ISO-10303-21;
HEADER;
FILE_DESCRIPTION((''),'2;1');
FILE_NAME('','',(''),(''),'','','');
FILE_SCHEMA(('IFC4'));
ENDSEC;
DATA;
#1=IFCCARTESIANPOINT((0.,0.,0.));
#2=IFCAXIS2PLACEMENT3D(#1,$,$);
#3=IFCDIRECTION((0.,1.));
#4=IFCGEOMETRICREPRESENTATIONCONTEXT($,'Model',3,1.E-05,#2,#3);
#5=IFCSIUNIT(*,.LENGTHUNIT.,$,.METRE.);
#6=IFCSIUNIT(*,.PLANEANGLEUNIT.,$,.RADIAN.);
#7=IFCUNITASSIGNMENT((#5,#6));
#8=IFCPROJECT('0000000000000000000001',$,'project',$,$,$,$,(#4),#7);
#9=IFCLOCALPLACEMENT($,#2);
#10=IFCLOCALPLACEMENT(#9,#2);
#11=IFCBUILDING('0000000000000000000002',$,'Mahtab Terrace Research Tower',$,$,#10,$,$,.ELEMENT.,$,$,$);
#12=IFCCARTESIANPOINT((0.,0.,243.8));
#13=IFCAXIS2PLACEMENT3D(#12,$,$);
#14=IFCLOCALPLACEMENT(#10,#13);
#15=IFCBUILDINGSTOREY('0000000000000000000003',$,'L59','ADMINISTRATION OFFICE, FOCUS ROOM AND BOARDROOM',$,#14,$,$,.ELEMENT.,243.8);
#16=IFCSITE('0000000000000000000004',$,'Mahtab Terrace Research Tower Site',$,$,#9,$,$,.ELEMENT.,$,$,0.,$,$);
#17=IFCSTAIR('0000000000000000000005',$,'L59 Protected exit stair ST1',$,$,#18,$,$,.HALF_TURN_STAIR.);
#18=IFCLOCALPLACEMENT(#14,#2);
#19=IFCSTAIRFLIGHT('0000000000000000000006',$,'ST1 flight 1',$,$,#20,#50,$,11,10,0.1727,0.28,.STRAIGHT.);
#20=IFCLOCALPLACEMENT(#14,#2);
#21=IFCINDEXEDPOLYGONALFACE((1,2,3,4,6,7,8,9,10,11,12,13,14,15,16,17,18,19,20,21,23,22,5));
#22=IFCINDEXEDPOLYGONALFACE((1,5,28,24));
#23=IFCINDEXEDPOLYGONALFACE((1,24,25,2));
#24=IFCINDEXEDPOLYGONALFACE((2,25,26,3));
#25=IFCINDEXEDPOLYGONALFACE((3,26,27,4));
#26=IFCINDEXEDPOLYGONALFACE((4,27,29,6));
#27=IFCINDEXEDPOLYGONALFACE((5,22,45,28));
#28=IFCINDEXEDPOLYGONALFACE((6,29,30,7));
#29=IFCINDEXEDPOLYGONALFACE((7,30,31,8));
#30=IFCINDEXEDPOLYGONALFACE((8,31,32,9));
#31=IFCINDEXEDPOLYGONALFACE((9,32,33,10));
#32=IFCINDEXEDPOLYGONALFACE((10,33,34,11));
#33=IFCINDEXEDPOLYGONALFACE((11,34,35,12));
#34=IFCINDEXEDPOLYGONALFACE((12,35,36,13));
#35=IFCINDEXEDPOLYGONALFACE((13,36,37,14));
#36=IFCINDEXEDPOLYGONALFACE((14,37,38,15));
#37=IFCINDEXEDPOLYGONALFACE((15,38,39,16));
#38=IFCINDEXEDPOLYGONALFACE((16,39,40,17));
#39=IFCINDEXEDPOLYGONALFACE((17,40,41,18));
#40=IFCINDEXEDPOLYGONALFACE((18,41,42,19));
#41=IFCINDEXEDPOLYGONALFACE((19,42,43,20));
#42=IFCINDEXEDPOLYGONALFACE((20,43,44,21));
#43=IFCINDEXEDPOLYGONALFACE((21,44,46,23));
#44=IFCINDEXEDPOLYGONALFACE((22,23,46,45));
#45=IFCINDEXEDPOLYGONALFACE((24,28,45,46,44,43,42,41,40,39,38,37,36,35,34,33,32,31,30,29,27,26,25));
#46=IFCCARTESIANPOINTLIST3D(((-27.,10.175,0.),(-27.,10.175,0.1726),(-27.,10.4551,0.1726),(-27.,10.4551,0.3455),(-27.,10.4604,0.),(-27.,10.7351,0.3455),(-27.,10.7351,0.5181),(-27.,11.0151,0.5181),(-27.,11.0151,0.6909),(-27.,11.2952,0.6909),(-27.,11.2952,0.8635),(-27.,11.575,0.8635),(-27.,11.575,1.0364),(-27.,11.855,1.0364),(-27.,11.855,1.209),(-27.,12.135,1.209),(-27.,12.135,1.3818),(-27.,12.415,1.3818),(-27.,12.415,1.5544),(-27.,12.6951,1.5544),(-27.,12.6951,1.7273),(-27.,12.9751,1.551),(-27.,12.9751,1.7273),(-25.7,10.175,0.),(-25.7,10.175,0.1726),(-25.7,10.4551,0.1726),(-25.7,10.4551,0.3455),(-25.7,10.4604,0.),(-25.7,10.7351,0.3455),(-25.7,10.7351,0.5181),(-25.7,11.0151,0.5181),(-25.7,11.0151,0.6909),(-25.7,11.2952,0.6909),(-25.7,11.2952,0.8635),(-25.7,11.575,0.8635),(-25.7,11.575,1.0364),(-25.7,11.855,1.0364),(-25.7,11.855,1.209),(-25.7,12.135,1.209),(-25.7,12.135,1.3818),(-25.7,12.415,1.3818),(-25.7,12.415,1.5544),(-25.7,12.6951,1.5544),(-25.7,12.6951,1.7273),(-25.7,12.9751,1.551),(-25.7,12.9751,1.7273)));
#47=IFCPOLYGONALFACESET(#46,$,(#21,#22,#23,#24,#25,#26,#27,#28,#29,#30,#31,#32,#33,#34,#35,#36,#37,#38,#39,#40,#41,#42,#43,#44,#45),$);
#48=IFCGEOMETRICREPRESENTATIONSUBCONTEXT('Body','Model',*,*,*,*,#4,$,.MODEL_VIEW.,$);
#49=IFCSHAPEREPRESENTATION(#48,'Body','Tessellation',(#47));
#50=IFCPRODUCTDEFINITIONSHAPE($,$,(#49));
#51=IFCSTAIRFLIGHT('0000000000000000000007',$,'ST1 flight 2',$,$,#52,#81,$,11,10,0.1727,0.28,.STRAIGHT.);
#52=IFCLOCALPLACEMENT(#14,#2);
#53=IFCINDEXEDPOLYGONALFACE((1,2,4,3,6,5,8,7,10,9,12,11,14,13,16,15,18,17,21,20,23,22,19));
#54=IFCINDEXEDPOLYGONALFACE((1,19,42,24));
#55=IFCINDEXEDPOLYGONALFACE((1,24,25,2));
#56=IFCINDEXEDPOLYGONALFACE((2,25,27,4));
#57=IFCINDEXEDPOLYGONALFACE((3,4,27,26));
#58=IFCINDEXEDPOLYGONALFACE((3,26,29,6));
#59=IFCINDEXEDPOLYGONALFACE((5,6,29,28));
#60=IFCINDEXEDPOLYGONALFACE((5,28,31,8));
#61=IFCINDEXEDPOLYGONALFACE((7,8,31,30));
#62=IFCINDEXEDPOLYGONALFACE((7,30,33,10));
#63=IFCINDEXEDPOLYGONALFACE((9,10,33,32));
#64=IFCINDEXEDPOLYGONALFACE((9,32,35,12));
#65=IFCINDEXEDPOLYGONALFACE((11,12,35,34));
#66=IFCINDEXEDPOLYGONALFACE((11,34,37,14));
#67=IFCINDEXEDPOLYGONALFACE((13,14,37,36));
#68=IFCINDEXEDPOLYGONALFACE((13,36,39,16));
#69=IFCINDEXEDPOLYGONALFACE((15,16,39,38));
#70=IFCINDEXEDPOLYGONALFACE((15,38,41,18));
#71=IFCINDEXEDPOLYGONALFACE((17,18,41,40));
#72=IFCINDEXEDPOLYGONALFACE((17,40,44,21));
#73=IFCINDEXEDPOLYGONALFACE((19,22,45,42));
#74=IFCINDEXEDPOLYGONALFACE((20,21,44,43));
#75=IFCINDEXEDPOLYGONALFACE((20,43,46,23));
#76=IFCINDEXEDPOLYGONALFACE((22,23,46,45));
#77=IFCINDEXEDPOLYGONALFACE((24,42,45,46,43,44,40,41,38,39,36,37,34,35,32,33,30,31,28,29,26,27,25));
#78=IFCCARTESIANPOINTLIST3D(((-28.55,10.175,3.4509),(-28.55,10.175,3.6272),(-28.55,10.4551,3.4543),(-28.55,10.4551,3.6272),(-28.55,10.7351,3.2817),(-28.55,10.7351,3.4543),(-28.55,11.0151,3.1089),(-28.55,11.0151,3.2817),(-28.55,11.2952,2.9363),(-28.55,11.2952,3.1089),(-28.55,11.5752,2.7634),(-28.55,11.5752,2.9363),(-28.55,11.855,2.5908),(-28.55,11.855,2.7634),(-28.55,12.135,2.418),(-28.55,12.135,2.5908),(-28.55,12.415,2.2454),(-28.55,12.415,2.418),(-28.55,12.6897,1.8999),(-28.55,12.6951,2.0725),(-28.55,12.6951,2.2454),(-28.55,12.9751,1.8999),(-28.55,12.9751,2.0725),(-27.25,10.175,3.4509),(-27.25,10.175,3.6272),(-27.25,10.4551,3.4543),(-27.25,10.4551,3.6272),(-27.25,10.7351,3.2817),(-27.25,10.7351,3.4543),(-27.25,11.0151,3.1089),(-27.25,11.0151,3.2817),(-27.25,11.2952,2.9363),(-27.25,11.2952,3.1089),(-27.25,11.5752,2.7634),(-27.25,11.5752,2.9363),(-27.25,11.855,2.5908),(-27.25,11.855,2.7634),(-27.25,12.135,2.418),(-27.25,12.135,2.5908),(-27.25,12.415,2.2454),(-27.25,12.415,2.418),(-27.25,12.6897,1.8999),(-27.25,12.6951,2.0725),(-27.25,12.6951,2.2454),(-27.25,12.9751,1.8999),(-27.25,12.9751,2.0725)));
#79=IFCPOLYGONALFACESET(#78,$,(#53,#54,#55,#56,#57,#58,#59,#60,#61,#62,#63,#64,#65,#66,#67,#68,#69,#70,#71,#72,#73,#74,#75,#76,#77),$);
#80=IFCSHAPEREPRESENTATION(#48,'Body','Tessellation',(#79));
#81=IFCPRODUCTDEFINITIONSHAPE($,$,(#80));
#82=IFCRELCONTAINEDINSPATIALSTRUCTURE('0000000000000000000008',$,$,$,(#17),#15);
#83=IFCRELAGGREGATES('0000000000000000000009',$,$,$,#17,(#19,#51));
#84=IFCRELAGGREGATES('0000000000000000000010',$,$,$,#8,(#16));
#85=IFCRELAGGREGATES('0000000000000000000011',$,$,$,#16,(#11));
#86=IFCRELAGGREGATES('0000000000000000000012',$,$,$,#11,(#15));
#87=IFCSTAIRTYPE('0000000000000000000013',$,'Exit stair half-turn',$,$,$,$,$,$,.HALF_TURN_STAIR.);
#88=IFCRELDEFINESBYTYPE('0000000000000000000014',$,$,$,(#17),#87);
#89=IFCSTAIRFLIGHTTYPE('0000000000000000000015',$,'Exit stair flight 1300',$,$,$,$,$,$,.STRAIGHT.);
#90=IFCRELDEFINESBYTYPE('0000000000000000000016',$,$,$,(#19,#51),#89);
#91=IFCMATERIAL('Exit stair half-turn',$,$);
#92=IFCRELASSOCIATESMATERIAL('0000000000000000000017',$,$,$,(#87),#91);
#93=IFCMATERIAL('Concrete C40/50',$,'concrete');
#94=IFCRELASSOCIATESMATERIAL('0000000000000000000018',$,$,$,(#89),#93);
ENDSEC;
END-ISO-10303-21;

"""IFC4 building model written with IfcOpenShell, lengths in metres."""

from ifc_helpers import new_model, si_unit, direction, frame, origin, place, context, subcontext, project, spatial, polyline, outline, extrude, material, type_object, element, aggregate, save


model = new_model("IFC4")

# Units and contexts
model_context = context("Model", 3, precision=1e-05, world=origin(), true_north=direction((0.0, 1.0)))
body_context = subcontext(model_context, "Body", "Model", "MODEL_VIEW")
ifc_project = project(units=[si_unit("LENGTHUNIT", "METRE"), si_unit("PLANEANGLEUNIT", "RADIAN")], contexts=[model_context])

# Site, building, storey
site_placement = place(None, origin())
site = spatial("IfcSite", under=ifc_project, at=site_placement, Name="Mahtab Terrace Research Tower Site", CompositionType="ELEMENT", RefElevation=0.0)
building_placement = place(site_placement, origin())
building = spatial("IfcBuilding", under=site, at=building_placement, Name="Mahtab Terrace Research Tower", CompositionType="ELEMENT")
storey_placement = place(building_placement, frame((0.0, 0.0, 243.8)))
storey = spatial("IfcBuildingStorey", under=building, at=storey_placement, Name="L59", Description="ADMINISTRATION OFFICE, FOCUS ROOM AND BOARDROOM", CompositionType="ELEMENT", Elevation=243.8)

# Stair, stair flights
ifc_material_1 = material(Name="Exit stair half-turn")
stair_type = type_object("IfcStairType", Name="Exit stair half-turn", PredefinedType="HALF_TURN_STAIR", material=ifc_material_1)
stair_placement = place(storey_placement, origin())
stair = element("IfcStair", 1, at=stair_placement, inside=storey, type_object=stair_type, Name="L59 Protected exit stair ST1", PredefinedType="HALF_TURN_STAIR")
ifc_material_2 = material(Name="Concrete C40/50", Category="concrete")
stair_flight_type = type_object("IfcStairFlightType", Name="Exit stair flight 1300", PredefinedType="STRAIGHT", material=ifc_material_2)
stair_flight_1_placement = place(storey_placement, frame((-26.3501, 10.175, 0.0), z_axis=(0.0, 0.0, 1.0), x_axis=(0.0, 1.0, 0.0)))
stair_flight_1 = element("IfcStairFlight", 2, at=stair_flight_1_placement, type_object=stair_flight_type, Name="ST1 flight 1", NumberOfRisers=11, NumberOfTreads=10, PredefinedType="STRAIGHT", RiserHeight=0.1727, TreadLength=0.28, context=body_context, shape_type="SweptSolid", body=[
    extrude(outline(polyline([(0.0, 0.0), (0.0, 0.1726), (0.28, 0.1726), (0.28, 0.3455), (0.5601, 0.3455), (0.5601, 0.5181), (0.8401, 0.5181), (0.8401, 0.6909), (1.1201, 0.6909), (1.1201, 0.8635), (1.3999, 0.8635), (1.3999, 1.0364), (1.6799, 1.0364), (1.6799, 1.209), (1.96, 1.209), (1.96, 1.3818), (2.24, 1.3818), (2.24, 1.5544), (2.52, 1.5544), (2.52, 1.7273), (2.8, 1.7273), (2.8, 1.8999), (2.8, 1.551), (0.2854, 0.0), (0.0, 0.0)])), frame((0.0, 0.6499, 0.0), z_axis=(0.0, -1.0, 0.0), x_axis=(1.0, 0.0, 0.0)), (0.0, 0.0, 1.0), 1.3),
])
stair_flight_2_placement = place(storey_placement, frame((-27.8999, 12.9751, 1.8999), z_axis=(0.0, 0.0, 1.0), x_axis=(0.0, -1.0, 0.0)))
stair_flight_2 = element("IfcStairFlight", 3, at=stair_flight_2_placement, type_object=stair_flight_type, Name="ST1 flight 2", NumberOfRisers=11, NumberOfTreads=10, PredefinedType="STRAIGHT", RiserHeight=0.1727, TreadLength=0.28, context=body_context, shape_type="SweptSolid", body=[
    extrude(outline(polyline([(0.0, 0.0), (0.0, 0.1726), (0.28, 0.1726), (0.28, 0.3455), (0.5601, 0.3455), (0.5601, 0.5181), (0.8401, 0.5181), (0.8401, 0.6909), (1.1201, 0.6909), (1.1201, 0.8635), (1.3999, 0.8635), (1.3999, 1.0364), (1.6799, 1.0364), (1.6799, 1.209), (1.96, 1.209), (1.96, 1.3818), (2.24, 1.3818), (2.24, 1.5544), (2.52, 1.5544), (2.52, 1.7273), (2.8, 1.7273), (2.8, 1.8999), (2.8, 1.551), (0.2854, 0.0), (0.0, 0.0)])), frame((0.0, 0.6499, 0.0), z_axis=(0.0, -1.0, 0.0), x_axis=(1.0, 0.0, 0.0)), (0.0, 0.0, 1.0), 1.3),
])
aggregate(stair, [stair_flight_1, stair_flight_2])

save(model, "model.ifc")
